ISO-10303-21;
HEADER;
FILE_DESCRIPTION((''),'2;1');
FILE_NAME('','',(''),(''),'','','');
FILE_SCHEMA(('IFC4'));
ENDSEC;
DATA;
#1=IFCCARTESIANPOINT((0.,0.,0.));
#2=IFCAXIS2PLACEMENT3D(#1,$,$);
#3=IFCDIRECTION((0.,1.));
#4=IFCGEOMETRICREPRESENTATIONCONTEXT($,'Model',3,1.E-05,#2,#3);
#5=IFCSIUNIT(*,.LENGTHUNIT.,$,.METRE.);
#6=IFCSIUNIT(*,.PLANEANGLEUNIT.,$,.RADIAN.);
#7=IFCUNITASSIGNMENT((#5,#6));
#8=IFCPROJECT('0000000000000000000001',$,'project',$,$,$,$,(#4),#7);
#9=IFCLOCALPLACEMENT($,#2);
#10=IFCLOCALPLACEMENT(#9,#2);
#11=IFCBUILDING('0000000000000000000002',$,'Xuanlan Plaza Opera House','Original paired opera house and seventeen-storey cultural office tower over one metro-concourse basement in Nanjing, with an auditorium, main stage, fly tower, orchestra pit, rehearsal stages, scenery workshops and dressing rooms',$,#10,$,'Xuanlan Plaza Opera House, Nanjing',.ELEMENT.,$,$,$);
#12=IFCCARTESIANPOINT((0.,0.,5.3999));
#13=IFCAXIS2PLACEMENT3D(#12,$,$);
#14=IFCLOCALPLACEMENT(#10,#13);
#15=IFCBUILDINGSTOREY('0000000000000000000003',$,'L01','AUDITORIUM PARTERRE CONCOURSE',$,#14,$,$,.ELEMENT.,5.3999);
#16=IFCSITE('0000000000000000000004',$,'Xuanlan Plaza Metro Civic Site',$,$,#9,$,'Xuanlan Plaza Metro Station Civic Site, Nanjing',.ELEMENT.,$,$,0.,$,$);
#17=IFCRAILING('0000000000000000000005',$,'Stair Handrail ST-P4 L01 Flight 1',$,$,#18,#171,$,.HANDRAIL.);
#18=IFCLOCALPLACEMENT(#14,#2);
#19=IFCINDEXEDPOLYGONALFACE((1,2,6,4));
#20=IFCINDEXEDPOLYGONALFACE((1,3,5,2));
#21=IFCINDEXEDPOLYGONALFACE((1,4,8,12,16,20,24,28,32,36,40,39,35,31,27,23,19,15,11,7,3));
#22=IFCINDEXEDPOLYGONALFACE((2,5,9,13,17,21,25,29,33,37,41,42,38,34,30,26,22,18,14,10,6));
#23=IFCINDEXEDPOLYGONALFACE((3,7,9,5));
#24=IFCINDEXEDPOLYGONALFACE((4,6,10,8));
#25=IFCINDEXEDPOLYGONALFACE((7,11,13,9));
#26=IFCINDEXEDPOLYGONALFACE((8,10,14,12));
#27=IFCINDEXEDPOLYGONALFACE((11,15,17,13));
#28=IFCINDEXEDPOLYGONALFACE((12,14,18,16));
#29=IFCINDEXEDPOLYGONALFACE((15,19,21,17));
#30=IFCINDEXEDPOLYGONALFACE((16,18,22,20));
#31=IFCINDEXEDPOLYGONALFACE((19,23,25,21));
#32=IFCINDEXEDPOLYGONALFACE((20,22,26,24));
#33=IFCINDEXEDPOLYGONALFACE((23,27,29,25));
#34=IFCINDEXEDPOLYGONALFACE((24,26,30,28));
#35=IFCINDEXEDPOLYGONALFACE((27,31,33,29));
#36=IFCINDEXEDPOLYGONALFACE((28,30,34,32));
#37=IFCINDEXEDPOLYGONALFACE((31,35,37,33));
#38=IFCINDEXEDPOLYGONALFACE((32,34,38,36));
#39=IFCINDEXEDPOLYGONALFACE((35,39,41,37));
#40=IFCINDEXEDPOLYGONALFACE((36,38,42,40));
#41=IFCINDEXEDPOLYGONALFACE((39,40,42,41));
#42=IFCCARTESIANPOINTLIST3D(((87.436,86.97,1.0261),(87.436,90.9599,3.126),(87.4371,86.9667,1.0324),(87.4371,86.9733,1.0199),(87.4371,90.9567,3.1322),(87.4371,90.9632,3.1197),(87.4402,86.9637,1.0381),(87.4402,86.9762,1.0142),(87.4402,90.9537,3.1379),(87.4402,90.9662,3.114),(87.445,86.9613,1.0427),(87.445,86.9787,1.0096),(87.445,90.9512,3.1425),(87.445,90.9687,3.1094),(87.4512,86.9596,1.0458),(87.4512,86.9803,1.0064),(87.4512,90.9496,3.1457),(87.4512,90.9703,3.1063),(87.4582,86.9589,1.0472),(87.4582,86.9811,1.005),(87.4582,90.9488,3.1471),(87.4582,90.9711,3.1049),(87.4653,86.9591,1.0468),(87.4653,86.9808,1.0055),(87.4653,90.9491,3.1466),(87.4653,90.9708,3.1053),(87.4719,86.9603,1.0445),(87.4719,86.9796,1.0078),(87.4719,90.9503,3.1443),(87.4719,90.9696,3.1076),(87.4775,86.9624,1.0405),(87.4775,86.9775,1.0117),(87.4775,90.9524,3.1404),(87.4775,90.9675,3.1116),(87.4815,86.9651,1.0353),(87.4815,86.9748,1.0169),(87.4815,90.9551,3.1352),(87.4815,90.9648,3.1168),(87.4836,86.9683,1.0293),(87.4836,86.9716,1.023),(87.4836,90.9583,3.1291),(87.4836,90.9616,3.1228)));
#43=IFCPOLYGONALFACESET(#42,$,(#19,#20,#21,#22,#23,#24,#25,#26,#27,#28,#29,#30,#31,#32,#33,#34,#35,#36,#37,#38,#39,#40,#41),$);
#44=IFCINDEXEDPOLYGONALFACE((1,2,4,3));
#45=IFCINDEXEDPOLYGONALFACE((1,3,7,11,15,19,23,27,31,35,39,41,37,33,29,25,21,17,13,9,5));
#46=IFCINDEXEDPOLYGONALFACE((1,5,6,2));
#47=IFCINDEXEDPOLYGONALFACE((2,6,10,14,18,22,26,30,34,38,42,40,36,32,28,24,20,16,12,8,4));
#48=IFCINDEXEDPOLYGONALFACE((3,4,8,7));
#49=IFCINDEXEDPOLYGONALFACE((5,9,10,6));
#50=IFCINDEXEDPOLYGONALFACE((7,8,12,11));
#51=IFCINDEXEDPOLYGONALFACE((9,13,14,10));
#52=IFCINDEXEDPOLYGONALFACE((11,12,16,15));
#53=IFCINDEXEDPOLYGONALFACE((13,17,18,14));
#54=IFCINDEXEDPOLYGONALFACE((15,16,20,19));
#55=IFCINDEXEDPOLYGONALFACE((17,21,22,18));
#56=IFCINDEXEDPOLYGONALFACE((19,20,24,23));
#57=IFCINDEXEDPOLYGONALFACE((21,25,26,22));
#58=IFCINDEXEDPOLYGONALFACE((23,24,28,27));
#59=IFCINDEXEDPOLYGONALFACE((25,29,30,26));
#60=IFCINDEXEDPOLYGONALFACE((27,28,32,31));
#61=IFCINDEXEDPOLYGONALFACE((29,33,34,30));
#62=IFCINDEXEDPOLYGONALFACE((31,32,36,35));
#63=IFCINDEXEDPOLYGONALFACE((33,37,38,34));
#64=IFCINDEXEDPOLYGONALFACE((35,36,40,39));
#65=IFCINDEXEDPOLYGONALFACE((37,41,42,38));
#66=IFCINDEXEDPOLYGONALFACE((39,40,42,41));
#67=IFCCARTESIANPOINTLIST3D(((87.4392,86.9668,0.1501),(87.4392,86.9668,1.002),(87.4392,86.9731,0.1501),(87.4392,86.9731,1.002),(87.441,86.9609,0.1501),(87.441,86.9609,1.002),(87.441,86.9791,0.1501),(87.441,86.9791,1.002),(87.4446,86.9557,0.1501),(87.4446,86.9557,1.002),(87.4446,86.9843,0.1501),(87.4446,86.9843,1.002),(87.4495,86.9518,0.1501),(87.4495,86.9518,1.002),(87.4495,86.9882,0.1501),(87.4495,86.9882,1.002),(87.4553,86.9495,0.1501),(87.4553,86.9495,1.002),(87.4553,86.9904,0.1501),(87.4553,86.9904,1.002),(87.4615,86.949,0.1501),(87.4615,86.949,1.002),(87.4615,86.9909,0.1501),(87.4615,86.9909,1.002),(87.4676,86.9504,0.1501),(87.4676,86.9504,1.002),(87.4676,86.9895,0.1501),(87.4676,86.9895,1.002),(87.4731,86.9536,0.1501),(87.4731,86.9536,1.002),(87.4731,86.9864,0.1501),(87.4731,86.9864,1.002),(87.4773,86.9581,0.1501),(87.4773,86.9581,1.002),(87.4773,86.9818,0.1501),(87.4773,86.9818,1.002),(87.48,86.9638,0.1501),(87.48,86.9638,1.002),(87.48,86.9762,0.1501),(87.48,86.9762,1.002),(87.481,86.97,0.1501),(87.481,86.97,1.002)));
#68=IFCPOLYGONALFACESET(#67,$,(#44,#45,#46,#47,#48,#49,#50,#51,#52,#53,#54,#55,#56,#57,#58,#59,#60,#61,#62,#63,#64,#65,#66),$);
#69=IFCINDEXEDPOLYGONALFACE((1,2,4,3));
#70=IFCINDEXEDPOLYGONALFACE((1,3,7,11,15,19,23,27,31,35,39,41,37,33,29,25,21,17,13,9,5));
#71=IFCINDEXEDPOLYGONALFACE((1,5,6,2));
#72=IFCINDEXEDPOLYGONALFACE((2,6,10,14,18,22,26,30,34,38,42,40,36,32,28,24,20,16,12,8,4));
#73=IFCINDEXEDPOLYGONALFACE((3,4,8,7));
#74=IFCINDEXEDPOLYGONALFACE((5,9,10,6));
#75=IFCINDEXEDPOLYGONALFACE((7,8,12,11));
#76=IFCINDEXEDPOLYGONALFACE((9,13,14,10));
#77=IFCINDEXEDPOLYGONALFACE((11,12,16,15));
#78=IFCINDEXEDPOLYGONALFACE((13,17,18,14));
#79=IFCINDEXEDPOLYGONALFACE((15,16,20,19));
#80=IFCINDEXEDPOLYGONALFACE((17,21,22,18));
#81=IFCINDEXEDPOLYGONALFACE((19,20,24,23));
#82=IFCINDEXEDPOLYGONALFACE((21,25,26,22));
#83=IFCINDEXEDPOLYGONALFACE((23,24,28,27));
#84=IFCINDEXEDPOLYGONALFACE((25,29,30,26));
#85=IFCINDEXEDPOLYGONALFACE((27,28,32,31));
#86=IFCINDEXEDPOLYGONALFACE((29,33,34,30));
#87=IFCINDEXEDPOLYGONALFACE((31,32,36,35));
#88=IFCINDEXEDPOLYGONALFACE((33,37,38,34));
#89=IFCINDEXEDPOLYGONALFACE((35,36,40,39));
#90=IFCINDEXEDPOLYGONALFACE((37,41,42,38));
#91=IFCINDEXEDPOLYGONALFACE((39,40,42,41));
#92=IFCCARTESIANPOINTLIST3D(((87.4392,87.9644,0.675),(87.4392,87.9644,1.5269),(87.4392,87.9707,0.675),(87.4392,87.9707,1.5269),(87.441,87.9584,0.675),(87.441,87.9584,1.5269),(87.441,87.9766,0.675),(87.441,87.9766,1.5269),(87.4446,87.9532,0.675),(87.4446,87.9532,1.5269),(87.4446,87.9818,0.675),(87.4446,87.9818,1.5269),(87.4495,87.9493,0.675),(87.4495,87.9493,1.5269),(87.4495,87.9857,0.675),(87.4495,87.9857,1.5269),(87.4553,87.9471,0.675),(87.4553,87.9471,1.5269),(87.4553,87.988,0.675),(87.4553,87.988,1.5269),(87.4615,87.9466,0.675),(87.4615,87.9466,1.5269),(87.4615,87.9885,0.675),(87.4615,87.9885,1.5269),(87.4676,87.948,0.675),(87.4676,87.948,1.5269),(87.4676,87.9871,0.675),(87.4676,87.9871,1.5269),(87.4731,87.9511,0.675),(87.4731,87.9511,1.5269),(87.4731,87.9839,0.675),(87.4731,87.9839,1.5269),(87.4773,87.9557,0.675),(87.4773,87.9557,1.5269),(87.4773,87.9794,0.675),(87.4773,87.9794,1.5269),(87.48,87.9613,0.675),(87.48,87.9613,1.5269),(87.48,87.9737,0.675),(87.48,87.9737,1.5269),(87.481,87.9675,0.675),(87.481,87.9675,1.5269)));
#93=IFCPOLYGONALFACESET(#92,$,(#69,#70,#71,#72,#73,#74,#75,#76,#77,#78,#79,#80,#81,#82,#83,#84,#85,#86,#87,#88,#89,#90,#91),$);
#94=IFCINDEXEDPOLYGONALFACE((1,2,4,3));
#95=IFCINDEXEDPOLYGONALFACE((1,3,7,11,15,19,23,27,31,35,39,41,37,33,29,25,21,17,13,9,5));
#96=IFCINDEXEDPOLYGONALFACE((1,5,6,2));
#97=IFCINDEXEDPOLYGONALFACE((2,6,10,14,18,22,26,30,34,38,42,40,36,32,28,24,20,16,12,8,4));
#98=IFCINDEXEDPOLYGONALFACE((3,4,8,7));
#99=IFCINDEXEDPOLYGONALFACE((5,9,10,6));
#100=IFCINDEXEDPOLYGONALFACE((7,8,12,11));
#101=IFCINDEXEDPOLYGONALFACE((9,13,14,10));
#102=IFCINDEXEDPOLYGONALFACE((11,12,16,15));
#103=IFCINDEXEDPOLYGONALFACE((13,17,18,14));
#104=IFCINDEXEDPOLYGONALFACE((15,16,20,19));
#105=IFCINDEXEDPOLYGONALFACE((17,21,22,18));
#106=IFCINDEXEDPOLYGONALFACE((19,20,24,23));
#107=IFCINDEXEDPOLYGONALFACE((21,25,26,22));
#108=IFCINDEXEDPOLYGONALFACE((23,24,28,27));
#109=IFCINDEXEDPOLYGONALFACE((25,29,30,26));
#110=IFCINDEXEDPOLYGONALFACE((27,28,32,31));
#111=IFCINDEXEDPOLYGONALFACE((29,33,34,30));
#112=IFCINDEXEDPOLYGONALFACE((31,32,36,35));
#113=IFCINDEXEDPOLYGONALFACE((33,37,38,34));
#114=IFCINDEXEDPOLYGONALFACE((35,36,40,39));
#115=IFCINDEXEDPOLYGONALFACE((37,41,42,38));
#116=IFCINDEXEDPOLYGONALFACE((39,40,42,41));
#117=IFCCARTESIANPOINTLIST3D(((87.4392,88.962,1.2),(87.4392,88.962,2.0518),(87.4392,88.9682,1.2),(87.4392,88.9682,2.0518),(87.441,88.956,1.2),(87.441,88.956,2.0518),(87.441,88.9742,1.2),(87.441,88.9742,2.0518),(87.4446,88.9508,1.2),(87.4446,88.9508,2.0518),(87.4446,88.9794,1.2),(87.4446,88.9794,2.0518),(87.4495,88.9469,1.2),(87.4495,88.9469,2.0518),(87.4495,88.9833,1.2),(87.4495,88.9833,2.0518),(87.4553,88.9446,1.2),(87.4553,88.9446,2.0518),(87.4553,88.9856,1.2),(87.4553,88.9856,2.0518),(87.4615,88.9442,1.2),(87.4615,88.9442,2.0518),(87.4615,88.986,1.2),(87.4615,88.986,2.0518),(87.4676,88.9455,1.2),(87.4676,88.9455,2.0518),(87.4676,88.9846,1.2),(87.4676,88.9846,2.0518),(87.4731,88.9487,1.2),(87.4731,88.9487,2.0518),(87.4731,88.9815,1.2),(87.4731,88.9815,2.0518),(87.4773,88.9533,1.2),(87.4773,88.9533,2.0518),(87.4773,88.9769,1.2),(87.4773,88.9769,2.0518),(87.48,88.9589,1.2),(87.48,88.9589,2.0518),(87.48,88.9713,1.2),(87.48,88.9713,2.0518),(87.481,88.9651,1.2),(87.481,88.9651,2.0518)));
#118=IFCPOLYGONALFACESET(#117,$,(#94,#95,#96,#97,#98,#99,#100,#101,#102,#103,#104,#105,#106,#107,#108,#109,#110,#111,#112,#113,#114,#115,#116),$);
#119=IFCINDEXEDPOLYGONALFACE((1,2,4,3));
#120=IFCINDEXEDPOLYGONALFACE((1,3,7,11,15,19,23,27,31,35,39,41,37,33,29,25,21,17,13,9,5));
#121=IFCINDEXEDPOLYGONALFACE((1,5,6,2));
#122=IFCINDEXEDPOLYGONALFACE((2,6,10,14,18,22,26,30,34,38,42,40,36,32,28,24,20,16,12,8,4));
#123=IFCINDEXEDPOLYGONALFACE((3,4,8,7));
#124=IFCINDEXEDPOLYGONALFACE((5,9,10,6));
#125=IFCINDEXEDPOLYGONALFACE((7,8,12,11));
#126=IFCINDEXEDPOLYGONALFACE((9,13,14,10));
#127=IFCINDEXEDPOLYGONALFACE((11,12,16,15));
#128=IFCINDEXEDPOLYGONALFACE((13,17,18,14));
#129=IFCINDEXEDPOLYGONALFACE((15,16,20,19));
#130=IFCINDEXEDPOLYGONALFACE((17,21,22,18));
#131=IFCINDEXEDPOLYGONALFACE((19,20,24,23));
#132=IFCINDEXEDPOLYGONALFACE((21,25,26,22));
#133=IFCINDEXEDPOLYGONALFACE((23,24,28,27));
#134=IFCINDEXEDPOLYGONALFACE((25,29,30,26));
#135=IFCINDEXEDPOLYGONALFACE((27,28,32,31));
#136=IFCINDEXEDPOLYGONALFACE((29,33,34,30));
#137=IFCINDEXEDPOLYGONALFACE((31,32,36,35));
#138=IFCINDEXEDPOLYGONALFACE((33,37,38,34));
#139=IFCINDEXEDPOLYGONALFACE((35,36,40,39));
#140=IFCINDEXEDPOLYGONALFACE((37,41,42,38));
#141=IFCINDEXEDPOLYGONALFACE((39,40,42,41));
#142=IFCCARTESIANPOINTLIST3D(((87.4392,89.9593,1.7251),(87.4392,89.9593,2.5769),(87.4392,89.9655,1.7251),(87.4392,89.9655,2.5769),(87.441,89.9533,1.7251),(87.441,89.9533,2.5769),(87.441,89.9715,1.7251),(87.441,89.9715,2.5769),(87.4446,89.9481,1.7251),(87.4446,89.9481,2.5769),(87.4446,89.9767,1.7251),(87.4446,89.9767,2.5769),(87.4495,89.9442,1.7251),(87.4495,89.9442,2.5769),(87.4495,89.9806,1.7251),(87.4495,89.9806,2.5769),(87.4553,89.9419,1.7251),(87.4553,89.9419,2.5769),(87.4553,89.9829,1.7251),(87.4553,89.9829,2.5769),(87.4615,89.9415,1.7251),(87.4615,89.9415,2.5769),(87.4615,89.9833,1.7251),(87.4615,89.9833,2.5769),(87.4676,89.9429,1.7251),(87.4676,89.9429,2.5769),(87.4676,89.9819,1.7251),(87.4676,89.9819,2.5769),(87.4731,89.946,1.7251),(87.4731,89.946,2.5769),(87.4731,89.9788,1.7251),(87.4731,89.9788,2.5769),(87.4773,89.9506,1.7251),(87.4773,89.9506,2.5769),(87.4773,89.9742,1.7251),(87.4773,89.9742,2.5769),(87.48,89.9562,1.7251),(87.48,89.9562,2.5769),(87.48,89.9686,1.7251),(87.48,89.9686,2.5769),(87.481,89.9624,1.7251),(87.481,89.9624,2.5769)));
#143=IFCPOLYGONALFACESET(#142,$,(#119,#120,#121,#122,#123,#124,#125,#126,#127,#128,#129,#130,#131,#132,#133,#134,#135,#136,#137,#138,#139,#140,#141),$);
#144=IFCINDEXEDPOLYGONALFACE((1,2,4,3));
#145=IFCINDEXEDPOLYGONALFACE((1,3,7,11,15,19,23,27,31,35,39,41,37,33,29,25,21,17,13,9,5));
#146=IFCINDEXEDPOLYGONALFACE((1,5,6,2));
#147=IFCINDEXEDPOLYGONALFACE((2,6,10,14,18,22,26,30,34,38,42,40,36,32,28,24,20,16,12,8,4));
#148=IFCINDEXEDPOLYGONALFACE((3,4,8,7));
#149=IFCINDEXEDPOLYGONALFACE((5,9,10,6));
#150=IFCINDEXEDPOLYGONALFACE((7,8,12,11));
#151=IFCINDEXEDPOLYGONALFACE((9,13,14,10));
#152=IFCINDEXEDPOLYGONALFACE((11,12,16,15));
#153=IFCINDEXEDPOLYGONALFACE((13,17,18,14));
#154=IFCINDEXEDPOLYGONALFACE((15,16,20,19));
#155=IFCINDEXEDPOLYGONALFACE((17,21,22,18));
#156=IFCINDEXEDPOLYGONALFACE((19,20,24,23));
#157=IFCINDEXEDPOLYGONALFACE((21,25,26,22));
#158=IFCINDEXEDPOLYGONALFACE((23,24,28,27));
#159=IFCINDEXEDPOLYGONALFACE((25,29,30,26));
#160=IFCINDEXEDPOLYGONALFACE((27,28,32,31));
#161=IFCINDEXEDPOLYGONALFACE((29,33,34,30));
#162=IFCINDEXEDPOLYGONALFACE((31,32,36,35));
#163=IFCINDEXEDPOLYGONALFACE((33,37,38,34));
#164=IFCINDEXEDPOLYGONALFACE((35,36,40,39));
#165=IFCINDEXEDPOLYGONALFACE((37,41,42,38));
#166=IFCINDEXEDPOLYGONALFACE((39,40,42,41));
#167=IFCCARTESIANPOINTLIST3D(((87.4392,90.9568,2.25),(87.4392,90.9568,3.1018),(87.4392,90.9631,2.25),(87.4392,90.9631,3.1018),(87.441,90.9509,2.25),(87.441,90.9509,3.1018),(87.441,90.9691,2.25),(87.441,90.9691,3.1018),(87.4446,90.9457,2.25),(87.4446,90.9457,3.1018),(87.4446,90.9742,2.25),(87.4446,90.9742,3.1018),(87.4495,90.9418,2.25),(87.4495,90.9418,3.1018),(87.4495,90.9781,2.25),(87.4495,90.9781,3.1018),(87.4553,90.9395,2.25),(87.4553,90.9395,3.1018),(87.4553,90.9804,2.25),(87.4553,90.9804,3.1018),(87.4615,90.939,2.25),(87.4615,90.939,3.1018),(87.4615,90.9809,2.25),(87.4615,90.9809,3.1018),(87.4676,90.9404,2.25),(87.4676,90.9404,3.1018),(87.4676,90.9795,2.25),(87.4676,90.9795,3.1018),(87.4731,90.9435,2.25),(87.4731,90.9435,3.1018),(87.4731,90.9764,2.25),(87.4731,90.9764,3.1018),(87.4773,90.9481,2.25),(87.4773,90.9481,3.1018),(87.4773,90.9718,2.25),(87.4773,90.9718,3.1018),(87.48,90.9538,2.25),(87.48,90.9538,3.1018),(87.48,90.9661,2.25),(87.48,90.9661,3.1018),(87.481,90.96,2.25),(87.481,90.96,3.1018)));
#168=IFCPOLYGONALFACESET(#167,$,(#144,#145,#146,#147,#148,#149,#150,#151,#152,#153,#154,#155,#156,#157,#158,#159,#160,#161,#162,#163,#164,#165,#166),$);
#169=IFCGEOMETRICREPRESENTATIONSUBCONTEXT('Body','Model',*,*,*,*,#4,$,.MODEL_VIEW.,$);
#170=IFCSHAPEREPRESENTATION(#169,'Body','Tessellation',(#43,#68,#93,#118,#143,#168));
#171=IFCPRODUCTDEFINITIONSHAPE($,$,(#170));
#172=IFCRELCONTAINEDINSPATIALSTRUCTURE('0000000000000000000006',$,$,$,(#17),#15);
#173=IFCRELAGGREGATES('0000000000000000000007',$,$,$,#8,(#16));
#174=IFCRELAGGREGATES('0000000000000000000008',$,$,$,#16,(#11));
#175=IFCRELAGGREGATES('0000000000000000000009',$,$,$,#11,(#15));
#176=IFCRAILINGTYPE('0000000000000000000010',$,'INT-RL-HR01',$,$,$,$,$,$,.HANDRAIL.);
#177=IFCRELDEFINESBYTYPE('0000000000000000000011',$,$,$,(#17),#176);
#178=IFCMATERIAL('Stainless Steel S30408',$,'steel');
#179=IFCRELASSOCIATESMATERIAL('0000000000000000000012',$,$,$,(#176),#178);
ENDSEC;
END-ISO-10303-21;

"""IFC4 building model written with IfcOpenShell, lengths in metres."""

from ifc_helpers import new_model, si_unit, direction, frame, origin, origin_2d, place, context, subcontext, project, spatial, circle, extrude, material, type_object, element, save


model = new_model("IFC4")

# Units and contexts
model_context = context("Model", 3, precision=1e-05, world=origin(), true_north=direction((0.0, 1.0)))
body_context = subcontext(model_context, "Body", "Model", "MODEL_VIEW")
ifc_project = project(units=[si_unit("LENGTHUNIT", "METRE"), si_unit("PLANEANGLEUNIT", "RADIAN")], contexts=[model_context])

# Site, building, storey
site_placement = place(None, origin())
site = spatial("IfcSite", under=ifc_project, at=site_placement, Name="Xuanlan Plaza Metro Civic Site", LongName="Xuanlan Plaza Metro Station Civic Site, Nanjing", CompositionType="ELEMENT", RefElevation=0.0)
building_placement = place(site_placement, origin())
building = spatial("IfcBuilding", under=site, at=building_placement, Name="Xuanlan Plaza Opera House", Description="Original paired opera house and seventeen-storey cultural office tower over one metro-concourse basement in Nanjing, with an auditorium, main stage, fly tower, orchestra pit, rehearsal stages, scenery workshops and dressing rooms", LongName="Xuanlan Plaza Opera House, Nanjing", CompositionType="ELEMENT")
storey_placement = place(building_placement, frame((0.0, 0.0, 5.3999)))
storey = spatial("IfcBuildingStorey", under=building, at=storey_placement, Name="L01", Description="AUDITORIUM PARTERRE CONCOURSE", CompositionType="ELEMENT", Elevation=5.3999)

# Railing
ifc_material_1 = material(Name="Stainless Steel S30408", Category="steel")
railing_type = type_object("IfcRailingType", Name="INT-RL-HR01", PredefinedType="HANDRAIL", material=ifc_material_1)
for number, where, name in (
    (1, (87.46, 86.97, 0.1501), "Stair Handrail ST-P4 L01 Flight 1"),
):
    element("IfcRailing", number, at=place(storey_placement, frame(where)), inside=storey, type_object=railing_type, Name=name, PredefinedType="HANDRAIL", context=body_context, shape_type="SweptSolid", body=[
        extrude(circle(Radius=0.0239, at=origin_2d()), frame((0.0, 0.0, 0.876), z_axis=(0.0, 0.884931, 0.465722), x_axis=(-1.0, 0.0, 0.0)), (0.0, 0.0, 1.0), 4.5088),
        extrude(circle(Radius=0.021, at=origin_2d()), origin(), (0.0, 0.0, 1.0), 0.8518),
        extrude(circle(Radius=0.021, at=origin_2d()), frame((0.0, 0.9976, 0.5249)), (0.0, 0.0, 1.0), 0.8518),
        extrude(circle(Radius=0.021, at=origin_2d()), frame((0.0, 1.9951, 1.0498)), (0.0, 0.0, 1.0), 0.8518),
        extrude(circle(Radius=0.021, at=origin_2d()), frame((0.0, 2.9924, 1.575)), (0.0, 0.0, 1.0), 0.8518),
        extrude(circle(Radius=0.021, at=origin_2d()), frame((0.0, 3.99, 2.0999)), (0.0, 0.0, 1.0), 0.8518),
    ])

save(model, "model.ifc")
